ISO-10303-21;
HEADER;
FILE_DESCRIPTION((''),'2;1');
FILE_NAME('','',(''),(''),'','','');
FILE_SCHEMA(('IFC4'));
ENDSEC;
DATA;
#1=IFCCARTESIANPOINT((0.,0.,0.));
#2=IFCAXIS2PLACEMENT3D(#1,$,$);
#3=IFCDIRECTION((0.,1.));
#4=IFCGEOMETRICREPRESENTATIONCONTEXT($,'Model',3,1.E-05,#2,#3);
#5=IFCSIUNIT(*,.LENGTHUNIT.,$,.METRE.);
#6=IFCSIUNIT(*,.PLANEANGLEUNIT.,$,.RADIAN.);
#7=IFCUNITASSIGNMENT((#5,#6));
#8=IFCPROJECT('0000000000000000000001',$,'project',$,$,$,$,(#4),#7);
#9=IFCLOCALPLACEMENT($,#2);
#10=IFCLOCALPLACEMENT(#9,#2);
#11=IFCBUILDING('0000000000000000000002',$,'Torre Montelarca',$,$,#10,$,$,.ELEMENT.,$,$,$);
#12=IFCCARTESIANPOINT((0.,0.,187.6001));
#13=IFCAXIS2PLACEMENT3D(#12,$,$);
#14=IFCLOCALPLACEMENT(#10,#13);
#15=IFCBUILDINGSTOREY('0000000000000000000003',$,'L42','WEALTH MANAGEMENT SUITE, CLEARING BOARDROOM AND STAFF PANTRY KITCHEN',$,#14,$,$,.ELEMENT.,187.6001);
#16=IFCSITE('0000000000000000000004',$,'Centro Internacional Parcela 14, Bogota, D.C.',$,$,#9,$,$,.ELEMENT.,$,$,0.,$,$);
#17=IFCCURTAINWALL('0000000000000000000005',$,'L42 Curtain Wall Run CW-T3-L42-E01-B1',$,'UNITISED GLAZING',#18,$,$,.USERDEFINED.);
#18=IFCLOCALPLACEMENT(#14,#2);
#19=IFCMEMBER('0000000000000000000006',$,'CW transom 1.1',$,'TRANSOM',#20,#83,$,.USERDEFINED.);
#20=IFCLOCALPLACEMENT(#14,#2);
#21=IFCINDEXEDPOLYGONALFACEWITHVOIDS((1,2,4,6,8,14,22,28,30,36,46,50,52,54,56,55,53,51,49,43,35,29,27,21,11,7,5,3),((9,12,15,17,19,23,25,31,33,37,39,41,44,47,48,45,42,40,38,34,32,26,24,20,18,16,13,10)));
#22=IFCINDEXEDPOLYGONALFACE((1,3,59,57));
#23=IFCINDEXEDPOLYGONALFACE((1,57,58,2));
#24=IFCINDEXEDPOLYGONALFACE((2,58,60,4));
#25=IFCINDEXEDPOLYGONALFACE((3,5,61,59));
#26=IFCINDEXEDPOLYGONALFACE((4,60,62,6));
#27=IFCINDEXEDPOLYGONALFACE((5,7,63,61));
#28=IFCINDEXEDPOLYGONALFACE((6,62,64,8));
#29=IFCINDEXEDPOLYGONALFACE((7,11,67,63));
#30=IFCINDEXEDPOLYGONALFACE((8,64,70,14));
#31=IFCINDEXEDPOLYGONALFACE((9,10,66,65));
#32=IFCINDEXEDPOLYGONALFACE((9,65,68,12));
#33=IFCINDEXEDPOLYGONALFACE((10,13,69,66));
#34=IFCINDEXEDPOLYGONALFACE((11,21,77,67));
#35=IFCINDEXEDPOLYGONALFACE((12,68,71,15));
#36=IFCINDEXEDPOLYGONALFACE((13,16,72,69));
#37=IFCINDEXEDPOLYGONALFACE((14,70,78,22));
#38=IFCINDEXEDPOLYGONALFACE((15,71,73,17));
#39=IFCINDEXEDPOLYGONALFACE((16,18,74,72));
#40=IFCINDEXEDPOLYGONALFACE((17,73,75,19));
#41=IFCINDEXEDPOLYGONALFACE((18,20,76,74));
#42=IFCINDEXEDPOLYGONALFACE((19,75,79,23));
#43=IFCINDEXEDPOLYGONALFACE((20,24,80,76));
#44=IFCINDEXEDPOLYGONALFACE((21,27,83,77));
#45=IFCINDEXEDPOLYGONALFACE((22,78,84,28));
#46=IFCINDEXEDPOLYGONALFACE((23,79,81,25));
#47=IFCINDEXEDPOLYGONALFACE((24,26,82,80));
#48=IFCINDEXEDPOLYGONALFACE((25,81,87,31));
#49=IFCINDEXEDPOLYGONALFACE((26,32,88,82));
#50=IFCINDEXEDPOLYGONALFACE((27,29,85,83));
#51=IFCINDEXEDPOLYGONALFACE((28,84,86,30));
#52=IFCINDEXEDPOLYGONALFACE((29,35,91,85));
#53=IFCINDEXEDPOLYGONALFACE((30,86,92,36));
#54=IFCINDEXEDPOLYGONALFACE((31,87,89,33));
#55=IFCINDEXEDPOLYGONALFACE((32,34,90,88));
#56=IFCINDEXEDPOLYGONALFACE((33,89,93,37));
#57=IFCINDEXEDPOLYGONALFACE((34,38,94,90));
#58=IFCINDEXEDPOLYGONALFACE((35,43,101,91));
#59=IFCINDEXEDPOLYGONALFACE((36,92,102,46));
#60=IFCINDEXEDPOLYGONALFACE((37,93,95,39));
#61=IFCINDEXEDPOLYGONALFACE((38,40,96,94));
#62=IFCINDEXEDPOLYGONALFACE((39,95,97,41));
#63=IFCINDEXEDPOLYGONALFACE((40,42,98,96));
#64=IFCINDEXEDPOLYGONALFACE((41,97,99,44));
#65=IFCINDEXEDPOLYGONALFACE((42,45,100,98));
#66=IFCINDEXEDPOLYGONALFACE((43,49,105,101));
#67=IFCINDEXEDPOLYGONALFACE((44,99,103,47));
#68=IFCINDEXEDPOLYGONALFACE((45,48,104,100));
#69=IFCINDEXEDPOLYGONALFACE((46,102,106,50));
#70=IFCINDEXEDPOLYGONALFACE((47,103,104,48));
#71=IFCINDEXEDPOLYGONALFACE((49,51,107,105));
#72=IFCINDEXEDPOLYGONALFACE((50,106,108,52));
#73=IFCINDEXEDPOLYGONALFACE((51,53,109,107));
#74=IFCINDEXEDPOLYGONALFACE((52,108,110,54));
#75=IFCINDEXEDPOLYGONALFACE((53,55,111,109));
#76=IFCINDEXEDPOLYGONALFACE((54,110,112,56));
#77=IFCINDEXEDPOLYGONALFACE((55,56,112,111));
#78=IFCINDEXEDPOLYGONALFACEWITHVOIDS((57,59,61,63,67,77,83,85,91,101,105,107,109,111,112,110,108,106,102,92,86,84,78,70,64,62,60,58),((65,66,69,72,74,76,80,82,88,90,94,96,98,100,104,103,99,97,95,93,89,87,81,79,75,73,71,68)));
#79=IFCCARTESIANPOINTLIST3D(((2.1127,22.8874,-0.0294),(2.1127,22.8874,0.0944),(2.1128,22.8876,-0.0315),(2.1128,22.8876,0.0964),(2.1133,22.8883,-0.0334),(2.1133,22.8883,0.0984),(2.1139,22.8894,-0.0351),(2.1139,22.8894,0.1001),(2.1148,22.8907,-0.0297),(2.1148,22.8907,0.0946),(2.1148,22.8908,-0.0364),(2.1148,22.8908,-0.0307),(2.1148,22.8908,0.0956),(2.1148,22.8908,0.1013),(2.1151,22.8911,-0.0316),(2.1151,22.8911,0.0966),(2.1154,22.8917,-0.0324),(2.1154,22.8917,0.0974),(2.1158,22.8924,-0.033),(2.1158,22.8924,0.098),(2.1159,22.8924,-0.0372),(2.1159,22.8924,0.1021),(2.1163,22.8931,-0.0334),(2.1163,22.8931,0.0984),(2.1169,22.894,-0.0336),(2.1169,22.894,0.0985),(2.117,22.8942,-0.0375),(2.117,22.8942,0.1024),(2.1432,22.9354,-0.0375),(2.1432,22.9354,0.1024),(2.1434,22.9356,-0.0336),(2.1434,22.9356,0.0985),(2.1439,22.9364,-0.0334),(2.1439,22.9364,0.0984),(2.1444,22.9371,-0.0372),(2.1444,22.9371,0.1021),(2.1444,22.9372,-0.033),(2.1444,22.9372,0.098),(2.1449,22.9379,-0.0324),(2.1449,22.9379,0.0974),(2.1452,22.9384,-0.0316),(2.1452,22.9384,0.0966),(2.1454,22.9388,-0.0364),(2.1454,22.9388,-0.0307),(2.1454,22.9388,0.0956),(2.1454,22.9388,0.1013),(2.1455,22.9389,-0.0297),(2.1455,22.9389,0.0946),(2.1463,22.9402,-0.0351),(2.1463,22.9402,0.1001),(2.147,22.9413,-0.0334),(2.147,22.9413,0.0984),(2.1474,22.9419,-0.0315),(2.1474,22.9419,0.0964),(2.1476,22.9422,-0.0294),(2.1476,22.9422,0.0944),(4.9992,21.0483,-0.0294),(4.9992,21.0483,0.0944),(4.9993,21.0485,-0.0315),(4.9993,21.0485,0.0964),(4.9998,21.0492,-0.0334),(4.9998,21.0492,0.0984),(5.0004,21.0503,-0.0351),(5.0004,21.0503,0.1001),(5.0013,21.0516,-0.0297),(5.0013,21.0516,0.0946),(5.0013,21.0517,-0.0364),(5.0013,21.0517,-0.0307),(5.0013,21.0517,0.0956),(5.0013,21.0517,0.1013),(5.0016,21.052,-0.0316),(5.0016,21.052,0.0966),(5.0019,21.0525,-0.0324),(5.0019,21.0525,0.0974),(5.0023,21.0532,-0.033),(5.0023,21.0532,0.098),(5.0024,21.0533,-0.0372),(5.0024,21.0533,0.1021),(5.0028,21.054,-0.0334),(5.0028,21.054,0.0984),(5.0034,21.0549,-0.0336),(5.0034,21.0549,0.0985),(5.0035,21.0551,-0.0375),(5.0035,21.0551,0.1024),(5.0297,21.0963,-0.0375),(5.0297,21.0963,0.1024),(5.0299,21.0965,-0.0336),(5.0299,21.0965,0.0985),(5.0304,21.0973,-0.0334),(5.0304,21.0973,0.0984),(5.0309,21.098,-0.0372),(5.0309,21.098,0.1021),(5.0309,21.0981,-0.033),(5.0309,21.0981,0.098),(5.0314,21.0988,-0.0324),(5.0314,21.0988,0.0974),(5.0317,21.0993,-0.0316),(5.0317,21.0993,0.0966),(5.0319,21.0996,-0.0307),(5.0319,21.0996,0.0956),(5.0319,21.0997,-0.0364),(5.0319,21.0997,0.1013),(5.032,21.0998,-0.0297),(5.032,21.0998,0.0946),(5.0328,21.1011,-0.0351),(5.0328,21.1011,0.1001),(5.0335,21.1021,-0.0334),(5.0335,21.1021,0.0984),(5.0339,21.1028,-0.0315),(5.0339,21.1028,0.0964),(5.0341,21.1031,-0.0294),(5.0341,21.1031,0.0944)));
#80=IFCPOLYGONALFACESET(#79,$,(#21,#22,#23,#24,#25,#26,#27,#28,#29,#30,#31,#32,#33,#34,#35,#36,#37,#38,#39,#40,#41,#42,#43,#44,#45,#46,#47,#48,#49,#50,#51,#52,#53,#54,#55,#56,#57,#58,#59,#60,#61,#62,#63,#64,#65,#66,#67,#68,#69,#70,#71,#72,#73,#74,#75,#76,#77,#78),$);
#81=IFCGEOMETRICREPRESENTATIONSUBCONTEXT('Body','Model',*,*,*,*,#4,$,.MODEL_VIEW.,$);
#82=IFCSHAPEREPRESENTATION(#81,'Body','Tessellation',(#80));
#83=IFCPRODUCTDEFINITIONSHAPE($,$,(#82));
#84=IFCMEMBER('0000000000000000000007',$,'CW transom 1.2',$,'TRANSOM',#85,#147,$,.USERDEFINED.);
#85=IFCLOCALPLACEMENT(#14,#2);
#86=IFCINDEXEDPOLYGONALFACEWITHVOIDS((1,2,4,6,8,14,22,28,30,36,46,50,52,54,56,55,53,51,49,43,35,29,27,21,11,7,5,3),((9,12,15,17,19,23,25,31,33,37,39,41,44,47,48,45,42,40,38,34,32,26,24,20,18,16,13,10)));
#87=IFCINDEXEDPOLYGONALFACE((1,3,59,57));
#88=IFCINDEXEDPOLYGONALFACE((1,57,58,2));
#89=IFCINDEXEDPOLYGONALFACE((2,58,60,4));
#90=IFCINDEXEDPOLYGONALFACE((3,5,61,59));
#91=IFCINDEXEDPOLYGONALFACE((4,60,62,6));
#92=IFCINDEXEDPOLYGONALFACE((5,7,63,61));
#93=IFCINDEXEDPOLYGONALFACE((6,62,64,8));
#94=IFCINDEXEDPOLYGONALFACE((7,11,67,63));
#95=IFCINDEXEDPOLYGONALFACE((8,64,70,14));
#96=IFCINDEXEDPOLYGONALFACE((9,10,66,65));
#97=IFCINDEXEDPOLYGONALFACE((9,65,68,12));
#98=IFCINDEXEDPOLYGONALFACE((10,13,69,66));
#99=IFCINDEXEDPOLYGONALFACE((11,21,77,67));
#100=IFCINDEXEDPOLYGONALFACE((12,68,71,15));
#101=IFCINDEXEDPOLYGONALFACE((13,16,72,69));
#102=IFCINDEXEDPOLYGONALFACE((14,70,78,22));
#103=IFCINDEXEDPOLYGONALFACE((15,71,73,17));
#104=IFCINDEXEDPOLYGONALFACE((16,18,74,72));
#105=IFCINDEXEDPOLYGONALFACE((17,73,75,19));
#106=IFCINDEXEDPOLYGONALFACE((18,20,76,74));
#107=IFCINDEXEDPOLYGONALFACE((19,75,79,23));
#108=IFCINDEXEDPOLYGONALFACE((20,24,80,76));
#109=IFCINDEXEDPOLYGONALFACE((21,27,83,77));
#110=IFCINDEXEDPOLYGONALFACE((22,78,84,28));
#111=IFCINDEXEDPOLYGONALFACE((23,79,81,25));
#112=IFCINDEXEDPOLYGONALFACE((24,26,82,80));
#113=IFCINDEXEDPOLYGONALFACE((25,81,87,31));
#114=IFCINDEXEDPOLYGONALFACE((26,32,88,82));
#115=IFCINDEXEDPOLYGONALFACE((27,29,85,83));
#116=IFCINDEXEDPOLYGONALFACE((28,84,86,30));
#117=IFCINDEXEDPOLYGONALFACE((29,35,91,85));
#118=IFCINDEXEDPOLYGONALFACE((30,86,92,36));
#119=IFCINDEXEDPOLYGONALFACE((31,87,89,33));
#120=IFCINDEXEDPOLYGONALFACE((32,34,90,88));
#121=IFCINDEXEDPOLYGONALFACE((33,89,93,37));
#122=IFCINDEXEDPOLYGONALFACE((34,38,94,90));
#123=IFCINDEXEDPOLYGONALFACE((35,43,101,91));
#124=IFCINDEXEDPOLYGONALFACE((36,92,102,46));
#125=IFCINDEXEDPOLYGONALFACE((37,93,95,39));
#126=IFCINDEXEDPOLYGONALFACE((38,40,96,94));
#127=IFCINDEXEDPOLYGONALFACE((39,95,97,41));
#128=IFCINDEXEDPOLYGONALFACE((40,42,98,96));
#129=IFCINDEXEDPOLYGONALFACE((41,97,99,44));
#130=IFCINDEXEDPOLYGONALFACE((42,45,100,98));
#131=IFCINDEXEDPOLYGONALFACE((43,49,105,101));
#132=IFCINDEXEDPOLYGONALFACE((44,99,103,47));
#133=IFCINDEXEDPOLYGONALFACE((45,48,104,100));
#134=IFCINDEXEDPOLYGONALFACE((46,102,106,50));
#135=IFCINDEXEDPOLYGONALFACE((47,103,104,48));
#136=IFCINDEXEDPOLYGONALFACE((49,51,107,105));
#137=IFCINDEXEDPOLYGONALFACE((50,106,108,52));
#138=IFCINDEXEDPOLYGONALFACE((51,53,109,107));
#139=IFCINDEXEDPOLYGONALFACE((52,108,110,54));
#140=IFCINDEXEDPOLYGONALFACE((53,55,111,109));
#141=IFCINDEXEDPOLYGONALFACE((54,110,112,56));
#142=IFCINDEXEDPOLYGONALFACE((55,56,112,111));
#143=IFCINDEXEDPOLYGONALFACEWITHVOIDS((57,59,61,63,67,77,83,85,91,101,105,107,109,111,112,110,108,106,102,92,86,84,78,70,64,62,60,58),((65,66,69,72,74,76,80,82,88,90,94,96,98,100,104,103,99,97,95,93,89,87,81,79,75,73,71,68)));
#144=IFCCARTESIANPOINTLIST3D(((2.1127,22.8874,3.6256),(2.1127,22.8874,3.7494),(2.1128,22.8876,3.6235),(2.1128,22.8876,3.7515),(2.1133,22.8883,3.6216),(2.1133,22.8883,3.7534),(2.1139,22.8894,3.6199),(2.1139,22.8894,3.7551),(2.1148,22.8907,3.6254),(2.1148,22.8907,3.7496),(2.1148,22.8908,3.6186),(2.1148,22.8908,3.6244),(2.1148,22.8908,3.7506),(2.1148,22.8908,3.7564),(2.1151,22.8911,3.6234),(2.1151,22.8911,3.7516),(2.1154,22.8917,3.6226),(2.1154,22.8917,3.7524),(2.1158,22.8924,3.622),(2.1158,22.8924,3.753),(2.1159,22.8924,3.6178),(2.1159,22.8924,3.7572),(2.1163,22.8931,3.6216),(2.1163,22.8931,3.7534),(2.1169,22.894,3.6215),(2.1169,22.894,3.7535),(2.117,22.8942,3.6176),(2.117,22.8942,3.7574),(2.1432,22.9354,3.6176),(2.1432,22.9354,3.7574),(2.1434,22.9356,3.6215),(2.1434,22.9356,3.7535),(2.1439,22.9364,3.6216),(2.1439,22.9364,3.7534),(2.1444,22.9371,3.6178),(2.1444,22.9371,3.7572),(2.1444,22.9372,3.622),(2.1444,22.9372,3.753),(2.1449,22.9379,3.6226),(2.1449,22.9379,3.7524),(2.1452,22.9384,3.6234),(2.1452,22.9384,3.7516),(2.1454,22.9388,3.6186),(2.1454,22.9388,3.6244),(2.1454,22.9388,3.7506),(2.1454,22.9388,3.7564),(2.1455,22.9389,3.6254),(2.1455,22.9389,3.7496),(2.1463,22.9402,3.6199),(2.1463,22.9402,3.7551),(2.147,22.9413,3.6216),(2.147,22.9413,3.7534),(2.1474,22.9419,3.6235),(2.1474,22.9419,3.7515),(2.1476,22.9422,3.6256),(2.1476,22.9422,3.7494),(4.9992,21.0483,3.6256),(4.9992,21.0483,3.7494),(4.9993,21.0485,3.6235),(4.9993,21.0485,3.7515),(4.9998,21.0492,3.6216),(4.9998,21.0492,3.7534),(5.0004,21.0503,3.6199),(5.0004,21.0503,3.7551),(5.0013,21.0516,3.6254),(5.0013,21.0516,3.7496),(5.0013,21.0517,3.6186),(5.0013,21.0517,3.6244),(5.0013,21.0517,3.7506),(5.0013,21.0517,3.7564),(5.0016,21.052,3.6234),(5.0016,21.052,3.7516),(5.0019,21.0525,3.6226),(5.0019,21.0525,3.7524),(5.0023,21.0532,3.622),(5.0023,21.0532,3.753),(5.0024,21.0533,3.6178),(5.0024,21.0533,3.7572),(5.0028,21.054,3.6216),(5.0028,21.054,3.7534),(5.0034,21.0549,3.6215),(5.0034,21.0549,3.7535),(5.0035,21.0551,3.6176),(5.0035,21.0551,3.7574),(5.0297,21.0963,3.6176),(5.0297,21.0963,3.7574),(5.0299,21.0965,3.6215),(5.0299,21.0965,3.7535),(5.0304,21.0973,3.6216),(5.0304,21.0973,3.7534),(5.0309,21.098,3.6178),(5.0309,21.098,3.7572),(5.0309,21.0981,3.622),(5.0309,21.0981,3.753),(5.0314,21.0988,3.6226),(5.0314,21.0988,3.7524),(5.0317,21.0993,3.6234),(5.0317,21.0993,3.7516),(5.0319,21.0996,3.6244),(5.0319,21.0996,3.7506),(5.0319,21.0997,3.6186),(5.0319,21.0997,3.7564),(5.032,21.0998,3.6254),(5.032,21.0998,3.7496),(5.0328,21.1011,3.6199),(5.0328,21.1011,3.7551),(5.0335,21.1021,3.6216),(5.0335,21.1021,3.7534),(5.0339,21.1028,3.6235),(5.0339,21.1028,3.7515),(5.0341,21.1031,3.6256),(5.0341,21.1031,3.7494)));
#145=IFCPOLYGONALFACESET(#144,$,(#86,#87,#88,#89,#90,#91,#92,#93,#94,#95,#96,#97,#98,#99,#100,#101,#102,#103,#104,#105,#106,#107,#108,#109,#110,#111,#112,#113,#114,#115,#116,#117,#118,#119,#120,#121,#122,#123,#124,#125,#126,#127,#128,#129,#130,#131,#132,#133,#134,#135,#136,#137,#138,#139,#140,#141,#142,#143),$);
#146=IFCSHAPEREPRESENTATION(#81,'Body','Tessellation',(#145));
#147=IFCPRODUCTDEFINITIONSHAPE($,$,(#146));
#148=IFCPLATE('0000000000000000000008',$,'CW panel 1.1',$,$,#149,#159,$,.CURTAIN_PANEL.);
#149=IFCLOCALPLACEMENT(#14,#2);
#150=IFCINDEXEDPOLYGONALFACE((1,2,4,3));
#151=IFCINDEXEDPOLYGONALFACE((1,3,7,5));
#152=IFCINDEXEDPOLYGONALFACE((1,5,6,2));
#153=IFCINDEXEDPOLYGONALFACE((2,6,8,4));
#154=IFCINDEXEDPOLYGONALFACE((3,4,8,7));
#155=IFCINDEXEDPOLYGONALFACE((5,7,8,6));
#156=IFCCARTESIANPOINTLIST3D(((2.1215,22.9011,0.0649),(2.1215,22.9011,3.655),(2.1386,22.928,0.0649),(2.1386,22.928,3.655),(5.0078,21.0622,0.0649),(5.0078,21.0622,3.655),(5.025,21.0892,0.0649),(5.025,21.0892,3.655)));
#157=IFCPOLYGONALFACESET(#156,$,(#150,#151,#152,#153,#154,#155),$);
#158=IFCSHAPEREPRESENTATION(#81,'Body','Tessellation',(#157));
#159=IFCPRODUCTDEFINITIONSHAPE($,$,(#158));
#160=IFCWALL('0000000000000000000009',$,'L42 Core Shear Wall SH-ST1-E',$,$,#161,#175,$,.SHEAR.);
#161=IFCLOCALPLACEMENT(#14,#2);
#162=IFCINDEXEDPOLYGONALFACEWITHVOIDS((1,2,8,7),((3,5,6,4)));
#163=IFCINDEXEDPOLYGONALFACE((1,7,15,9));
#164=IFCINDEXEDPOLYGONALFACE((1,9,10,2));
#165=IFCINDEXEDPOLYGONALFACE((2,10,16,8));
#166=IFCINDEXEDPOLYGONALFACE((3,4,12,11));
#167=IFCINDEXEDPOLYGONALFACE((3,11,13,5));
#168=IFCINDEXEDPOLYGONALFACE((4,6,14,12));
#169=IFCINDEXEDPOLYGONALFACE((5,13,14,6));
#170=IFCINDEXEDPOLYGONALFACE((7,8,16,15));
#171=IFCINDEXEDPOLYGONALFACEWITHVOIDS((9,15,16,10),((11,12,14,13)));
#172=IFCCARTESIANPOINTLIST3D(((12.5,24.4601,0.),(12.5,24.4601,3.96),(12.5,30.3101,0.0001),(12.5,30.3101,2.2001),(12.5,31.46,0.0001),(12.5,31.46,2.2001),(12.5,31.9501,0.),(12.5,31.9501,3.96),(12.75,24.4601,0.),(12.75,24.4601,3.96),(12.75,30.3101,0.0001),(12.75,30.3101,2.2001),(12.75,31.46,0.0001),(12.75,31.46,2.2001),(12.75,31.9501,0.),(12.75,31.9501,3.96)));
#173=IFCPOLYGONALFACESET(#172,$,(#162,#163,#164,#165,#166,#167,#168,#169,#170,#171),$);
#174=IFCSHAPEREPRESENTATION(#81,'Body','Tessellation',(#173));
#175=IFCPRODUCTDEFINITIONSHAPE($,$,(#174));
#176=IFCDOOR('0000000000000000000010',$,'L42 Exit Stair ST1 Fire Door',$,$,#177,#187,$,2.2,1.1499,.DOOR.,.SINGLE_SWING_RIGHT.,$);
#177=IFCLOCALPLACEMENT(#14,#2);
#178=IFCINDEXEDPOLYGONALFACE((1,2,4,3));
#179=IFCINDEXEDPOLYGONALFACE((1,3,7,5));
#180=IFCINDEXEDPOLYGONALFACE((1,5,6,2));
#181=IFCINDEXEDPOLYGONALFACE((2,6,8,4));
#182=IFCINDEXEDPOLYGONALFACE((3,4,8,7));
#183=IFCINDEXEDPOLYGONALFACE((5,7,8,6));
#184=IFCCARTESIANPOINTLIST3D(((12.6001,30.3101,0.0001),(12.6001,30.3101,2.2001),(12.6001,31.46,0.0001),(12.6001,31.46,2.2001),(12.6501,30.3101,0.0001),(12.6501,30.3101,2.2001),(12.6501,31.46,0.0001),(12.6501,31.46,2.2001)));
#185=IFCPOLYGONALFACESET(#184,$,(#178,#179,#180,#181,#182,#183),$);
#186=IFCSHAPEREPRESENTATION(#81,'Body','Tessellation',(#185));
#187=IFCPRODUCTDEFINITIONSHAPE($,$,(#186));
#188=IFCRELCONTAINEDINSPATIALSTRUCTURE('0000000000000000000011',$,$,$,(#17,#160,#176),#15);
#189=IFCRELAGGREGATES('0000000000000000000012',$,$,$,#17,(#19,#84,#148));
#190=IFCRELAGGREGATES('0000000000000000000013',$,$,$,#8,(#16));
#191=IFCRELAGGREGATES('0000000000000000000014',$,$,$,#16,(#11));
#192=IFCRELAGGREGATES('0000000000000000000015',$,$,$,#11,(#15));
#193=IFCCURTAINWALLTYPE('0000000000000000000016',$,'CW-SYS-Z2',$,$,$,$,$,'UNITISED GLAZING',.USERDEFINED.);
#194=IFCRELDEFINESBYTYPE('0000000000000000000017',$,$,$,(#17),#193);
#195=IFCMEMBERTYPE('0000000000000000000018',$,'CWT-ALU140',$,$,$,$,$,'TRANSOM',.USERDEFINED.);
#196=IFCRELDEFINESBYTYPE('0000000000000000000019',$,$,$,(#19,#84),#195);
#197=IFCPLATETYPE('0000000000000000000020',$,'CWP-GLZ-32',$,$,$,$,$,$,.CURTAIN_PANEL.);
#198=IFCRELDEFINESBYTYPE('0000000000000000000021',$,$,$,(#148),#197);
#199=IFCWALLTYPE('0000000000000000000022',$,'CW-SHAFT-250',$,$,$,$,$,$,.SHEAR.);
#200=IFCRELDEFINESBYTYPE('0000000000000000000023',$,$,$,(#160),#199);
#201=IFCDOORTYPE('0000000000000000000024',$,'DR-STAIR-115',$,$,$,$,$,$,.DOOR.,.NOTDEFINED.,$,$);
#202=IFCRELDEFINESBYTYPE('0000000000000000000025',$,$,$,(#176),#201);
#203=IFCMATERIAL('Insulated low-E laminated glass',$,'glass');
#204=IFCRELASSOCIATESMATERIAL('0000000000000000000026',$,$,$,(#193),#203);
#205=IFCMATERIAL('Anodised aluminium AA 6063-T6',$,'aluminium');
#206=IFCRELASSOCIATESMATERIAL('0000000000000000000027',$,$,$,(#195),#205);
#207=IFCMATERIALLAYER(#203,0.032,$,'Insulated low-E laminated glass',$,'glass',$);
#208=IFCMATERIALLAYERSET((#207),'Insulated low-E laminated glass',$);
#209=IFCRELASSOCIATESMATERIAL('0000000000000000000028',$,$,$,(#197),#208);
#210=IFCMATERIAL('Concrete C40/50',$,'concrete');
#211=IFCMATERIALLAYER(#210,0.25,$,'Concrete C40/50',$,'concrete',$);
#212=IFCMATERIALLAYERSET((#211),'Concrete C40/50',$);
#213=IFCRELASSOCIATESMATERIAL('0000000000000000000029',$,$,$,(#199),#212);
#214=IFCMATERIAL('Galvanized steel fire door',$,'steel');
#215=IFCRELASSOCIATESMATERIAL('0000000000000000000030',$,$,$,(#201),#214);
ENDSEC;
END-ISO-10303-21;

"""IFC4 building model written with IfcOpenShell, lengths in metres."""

from ifc_helpers import new_model, si_unit, direction, frame, frame_2d, origin, origin_2d, place, context, subcontext, project, spatial, rectangle, hollow_rectangle, extrude, source, transform, mapped, material, layer, layer_set, material_profile, profile_set, type_object, element, fill, aggregate, save


model = new_model("IFC4")

# Units and contexts
model_context = context("Model", 3, precision=1e-05, world=origin(), true_north=direction((0.0, 1.0)))
body_context = subcontext(model_context, "Body", "Model", "MODEL_VIEW")
ifc_project = project(units=[si_unit("LENGTHUNIT", "METRE"), si_unit("PLANEANGLEUNIT", "RADIAN")], contexts=[model_context])

# Site, building, storey
site_placement = place(None, origin())
site = spatial("IfcSite", under=ifc_project, at=site_placement, Name="Centro Internacional Parcela 14, Bogota, D.C.", CompositionType="ELEMENT", RefElevation=0.0)
building_placement = place(site_placement, origin())
building = spatial("IfcBuilding", under=site, at=building_placement, Name="Torre Montelarca", CompositionType="ELEMENT")
storey_placement = place(building_placement, frame((0.0, 0.0, 187.6001)))
storey = spatial("IfcBuildingStorey", under=building, at=storey_placement, Name="L42", Description="WEALTH MANAGEMENT SUITE, CLEARING BOARDROOM AND STAFF PANTRY KITCHEN", CompositionType="ELEMENT", Elevation=187.6001)

# Curtain wall, members, plate
ifc_material_1 = material(Name="Insulated low-E laminated glass", Category="glass")
curtain_wall_type = type_object("IfcCurtainWallType", Name="CW-SYS-Z2", ElementType="UNITISED GLAZING", PredefinedType="USERDEFINED", material=ifc_material_1)
curtain_wall_placement = place(storey_placement, origin())
curtain_wall = element("IfcCurtainWall", 1, at=curtain_wall_placement, inside=storey, type_object=curtain_wall_type, Name="L42 Curtain Wall Run CW-T3-L42-E01-B1", ObjectType="UNITISED GLAZING", PredefinedType="USERDEFINED")
ifc_material_2 = material(Name="Anodised aluminium AA 6063-T6", Category="aluminium")
ifc_material_profile_1 = material_profile(ifc_material_2, hollow_rectangle(XDim=0.0649, YDim=0.1399, WallThickness=0.0039, InnerFilletRadius=0.0039, OuterFilletRadius=0.0081, at=origin_2d()), Name="ALU65X140X4", Category="aluminium")
ifc_profile_set_1 = profile_set([ifc_material_profile_1], Name="Anodised aluminium AA 6063-T6")
member_type_1 = type_object("IfcMemberType", Name="CWT-ALU140", ElementType="TRANSOM", PredefinedType="USERDEFINED", material=ifc_profile_set_1)
shared_shape_1 = source(origin(), body_context, "Body", "SweptSolid", [
    extrude(hollow_rectangle(XDim=0.0649, YDim=0.1399, WallThickness=0.0039, InnerFilletRadius=0.0039, OuterFilletRadius=0.0081, at=origin_2d()), origin(), (0.0, 0.0, 1.0), 3.4226),
])
member_1_placement = place(storey_placement, frame((2.1301, 22.9148, 0.0325), z_axis=(0.843362, -0.537346, 0.0), x_axis=(0.537346, 0.843362, 0.0)))
member_1 = element("IfcMember", 2, at=member_1_placement, type_object=member_type_1, Name="CW transom 1.1", ObjectType="TRANSOM", PredefinedType="USERDEFINED", context=body_context, shape_type="MappedRepresentation", body=[
    mapped(shared_shape_1, transform((0.0, 0.0, 0.0), scale=1.0)),
])
member_2_placement = place(storey_placement, frame((2.1301, 22.9148, 3.6875), z_axis=(0.843362, -0.537346, 0.0), x_axis=(0.537346, 0.843362, 0.0)))
member_2 = element("IfcMember", 3, at=member_2_placement, type_object=member_type_1, Name="CW transom 1.2", ObjectType="TRANSOM", PredefinedType="USERDEFINED", context=body_context, shape_type="MappedRepresentation", body=[
    mapped(shared_shape_1, transform((0.0, 0.0, 0.0), scale=1.0)),
])
ifc_layer_1 = layer(ifc_material_1, 0.032, Name="Insulated low-E laminated glass", Category="glass")
ifc_layer_set_1 = layer_set([ifc_layer_1], Name="Insulated low-E laminated glass")
plate_type = type_object("IfcPlateType", Name="CWP-GLZ-32", PredefinedType="CURTAIN_PANEL", material=ifc_layer_set_1)
shared_shape_2 = source(origin(), body_context, "Body", "SweptSolid", [
    extrude(rectangle(XDim=3.4224, YDim=0.032, at=origin_2d()), origin(), (0.0, 0.0, 1.0), 3.5901),
])
plate_placement = place(storey_placement, frame((3.5732, 21.9951, 0.0649), z_axis=(0.0, 0.0, 1.0), x_axis=(0.843388, -0.537306, 0.0)))
plate = element("IfcPlate", 4, at=plate_placement, type_object=plate_type, Name="CW panel 1.1", PredefinedType="CURTAIN_PANEL", context=body_context, shape_type="MappedRepresentation", body=[
    mapped(shared_shape_2, transform((0.0, 0.0, 0.0), scale=1.0)),
])
aggregate(curtain_wall, [member_1, member_2, plate])

# Wall, opening, door
ifc_material_3 = material(Name="Concrete C40/50", Category="concrete")
ifc_layer_2 = layer(ifc_material_3, 0.25, Name="Concrete C40/50", Category="concrete")
ifc_layer_set_2 = layer_set([ifc_layer_2], Name="Concrete C40/50")
wall_type_1 = type_object("IfcWallType", Name="CW-SHAFT-250", PredefinedType="SHEAR", material=ifc_layer_set_2)
wall_1_placement = place(storey_placement, frame((12.625, 24.46, 0.0), z_axis=(0.0, 0.0, 1.0), x_axis=(0.0, 1.0, 0.0)))
wall_1 = element("IfcWall", 5, at=wall_1_placement, inside=storey, type_object=wall_type_1, Name="L42 Core Shear Wall SH-ST1-E", PredefinedType="SHEAR", context=body_context, shape_type="SweptSolid", body=[
    extrude(rectangle(XDim=7.49, YDim=0.25, at=frame_2d((3.7451, 0.0))), origin(), (0.0, 0.0, 1.0), 3.96),
])
opening_1_placement = place(wall_1_placement, frame((5.8501, 0.0, 0.0)))
opening_1 = element("IfcOpeningElement", 6, at=opening_1_placement, cuts=wall_1, PredefinedType="OPENING", context=body_context, shape_type="SweptSolid", body=[
    extrude(rectangle(XDim=1.1499, YDim=2.2, at=frame_2d((0.575, 1.1001))), frame((0.0, 0.135, 0.0), z_axis=(0.0, -1.0, 0.0), x_axis=(1.0, 0.0, 0.0)), (0.0, 0.0, 1.0), 0.27),
])
ifc_material_4 = material(Name="Galvanized steel fire door", Category="steel")
door_type_1 = type_object("IfcDoorType", Name="DR-STAIR-115", OperationType="NOTDEFINED", PredefinedType="DOOR", material=ifc_material_4)
shared_shape_3 = source(origin(), body_context, "Body", "SweptSolid", [
    extrude(rectangle(XDim=1.1499, YDim=2.2, at=frame_2d((0.575, 1.1001))), frame((0.0, 0.0249, 0.0), z_axis=(0.0, -1.0, 0.0), x_axis=(1.0, 0.0, 0.0)), (0.0, 0.0, 1.0), 0.05),
])
door_1_placement = place(opening_1_placement, origin())
door_1 = element("IfcDoor", 7, at=door_1_placement, inside=storey, type_object=door_type_1, Name="L42 Exit Stair ST1 Fire Door", OperationType="SINGLE_SWING_RIGHT", OverallHeight=2.2, OverallWidth=1.1499, PredefinedType="DOOR", context=body_context, shape_type="MappedRepresentation", body=[
    mapped(shared_shape_3, transform((0.0, 0.0, 0.0), scale=1.0)),
])
fill(opening_1, door_1)

save(model, "model.ifc")
